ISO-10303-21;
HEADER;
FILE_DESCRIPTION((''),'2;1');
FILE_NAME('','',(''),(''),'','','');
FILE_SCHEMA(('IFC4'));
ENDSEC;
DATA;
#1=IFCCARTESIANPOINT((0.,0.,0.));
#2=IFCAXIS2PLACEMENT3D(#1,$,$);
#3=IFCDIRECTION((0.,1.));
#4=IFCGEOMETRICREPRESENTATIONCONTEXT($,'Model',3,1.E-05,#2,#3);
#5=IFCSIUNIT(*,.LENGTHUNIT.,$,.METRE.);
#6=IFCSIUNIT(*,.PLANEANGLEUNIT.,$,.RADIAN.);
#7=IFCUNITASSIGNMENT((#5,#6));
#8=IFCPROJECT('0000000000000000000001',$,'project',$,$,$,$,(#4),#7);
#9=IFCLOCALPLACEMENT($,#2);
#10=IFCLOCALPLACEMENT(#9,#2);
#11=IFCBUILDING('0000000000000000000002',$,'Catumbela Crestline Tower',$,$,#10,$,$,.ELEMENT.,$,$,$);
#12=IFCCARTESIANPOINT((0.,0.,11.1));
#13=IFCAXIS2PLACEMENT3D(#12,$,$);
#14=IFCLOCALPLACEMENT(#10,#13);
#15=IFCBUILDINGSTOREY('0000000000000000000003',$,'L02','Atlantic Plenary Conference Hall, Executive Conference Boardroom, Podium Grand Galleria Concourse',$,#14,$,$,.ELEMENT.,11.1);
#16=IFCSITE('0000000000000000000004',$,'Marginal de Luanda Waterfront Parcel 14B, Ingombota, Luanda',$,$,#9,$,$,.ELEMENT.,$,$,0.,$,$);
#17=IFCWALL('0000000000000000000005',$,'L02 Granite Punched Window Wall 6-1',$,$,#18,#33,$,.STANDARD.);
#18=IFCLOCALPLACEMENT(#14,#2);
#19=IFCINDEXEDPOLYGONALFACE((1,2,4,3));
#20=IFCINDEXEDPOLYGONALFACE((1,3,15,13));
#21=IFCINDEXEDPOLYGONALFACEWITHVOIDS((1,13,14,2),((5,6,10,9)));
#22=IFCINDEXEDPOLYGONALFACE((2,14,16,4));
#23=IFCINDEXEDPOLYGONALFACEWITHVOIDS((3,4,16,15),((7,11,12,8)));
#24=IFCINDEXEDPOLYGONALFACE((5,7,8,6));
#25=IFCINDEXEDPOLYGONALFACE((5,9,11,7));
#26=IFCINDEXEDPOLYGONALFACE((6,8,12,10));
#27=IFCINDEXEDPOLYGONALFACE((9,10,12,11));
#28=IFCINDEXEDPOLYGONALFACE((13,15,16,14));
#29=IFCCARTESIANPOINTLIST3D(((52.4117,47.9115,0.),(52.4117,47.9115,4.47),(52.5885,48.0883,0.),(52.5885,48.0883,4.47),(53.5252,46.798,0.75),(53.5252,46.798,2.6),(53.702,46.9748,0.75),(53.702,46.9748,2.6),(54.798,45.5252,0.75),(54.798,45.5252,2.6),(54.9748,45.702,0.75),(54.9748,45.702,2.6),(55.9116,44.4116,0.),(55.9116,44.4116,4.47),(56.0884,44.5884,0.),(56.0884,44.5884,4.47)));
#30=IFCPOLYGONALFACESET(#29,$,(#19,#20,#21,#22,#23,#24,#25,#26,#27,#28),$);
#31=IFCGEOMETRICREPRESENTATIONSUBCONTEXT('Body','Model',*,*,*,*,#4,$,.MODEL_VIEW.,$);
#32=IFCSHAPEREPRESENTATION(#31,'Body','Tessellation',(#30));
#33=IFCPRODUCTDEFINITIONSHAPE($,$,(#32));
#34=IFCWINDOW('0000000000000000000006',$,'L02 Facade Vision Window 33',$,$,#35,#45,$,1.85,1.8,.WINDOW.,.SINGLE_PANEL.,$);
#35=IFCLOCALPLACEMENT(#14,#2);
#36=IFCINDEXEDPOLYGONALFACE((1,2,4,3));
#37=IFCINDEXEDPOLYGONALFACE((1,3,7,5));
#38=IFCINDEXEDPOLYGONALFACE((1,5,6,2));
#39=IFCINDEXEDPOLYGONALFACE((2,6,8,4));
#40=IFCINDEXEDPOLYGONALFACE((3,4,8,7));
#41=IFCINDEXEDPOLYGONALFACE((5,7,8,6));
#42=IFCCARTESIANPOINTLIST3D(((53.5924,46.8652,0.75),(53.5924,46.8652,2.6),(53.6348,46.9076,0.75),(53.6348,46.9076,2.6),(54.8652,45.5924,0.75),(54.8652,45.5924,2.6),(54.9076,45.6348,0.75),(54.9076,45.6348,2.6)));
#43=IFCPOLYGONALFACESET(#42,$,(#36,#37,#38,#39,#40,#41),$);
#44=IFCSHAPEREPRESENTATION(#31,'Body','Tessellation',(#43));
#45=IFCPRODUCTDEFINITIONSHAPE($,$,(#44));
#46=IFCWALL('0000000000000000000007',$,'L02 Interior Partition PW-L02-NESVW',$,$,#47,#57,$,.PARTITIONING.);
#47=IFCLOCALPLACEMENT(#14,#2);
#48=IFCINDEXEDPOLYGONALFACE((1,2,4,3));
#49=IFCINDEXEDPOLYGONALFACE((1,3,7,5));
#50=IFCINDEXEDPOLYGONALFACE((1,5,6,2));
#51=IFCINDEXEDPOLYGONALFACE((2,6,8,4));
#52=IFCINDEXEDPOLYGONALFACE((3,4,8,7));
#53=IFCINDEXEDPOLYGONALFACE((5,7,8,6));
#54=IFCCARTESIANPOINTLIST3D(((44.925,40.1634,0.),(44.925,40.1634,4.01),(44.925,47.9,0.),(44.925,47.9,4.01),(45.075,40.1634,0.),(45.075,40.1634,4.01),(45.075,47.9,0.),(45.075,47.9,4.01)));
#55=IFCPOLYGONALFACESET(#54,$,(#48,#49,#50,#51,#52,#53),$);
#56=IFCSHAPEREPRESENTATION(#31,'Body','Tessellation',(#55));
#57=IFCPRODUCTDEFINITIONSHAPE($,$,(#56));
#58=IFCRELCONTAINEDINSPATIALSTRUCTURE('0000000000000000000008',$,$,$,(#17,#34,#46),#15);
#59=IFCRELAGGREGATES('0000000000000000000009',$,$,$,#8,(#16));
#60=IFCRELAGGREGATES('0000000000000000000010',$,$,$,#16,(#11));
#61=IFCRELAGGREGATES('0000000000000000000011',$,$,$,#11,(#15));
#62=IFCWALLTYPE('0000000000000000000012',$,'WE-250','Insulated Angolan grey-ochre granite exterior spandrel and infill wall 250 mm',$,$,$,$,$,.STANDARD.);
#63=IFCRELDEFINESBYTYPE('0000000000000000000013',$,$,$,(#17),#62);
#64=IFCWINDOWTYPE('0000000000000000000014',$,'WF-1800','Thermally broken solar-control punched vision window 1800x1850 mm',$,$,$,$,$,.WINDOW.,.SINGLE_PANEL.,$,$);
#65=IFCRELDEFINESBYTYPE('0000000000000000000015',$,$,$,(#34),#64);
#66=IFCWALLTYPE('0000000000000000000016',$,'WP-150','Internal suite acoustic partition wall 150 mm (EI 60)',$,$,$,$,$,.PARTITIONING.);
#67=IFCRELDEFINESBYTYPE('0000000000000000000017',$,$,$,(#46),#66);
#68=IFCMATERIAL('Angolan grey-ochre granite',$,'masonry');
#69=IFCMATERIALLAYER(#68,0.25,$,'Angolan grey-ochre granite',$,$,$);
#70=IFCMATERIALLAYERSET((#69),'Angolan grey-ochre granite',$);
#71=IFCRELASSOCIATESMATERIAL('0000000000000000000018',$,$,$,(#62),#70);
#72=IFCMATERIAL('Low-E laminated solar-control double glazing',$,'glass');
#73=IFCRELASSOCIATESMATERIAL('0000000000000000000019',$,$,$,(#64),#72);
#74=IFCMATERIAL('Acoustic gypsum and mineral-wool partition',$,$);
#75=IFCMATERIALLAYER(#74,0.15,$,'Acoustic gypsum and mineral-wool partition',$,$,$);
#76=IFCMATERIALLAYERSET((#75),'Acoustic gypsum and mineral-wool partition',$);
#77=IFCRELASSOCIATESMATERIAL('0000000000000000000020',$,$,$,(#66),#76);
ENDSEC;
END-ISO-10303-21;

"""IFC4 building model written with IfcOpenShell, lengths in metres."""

from ifc_helpers import new_model, si_unit, direction, frame, frame_2d, origin, place, context, subcontext, project, spatial, rectangle, extrude, material, layer, layer_set, type_object, element, fill, save


model = new_model("IFC4")

# Units and contexts
model_context = context("Model", 3, precision=1e-05, world=origin(), true_north=direction((0.0, 1.0)))
body_context = subcontext(model_context, "Body", "Model", "MODEL_VIEW")
ifc_project = project(units=[si_unit("LENGTHUNIT", "METRE"), si_unit("PLANEANGLEUNIT", "RADIAN")], contexts=[model_context])

# Site, building, storey
site_placement = place(None, origin())
site = spatial("IfcSite", under=ifc_project, at=site_placement, Name="Marginal de Luanda Waterfront Parcel 14B, Ingombota, Luanda", CompositionType="ELEMENT", RefElevation=0.0)
building_placement = place(site_placement, origin())
building = spatial("IfcBuilding", under=site, at=building_placement, Name="Catumbela Crestline Tower", CompositionType="ELEMENT")
storey_placement = place(building_placement, frame((0.0, 0.0, 11.1)))
storey = spatial("IfcBuildingStorey", under=building, at=storey_placement, Name="L02", Description="Atlantic Plenary Conference Hall, Executive Conference Boardroom, Podium Grand Galleria Concourse", CompositionType="ELEMENT", Elevation=11.1)

# Shared definitions
ifc_material_1 = material(Name="Low-E laminated solar-control double glazing", Category="glass")

# Wall, opening, window
ifc_material_2 = material(Name="Angolan grey-ochre granite", Category="masonry")
ifc_layer_1 = layer(ifc_material_2, 0.25, Name="Angolan grey-ochre granite")
ifc_layer_set_1 = layer_set([ifc_layer_1], Name="Angolan grey-ochre granite")
wall_type_1 = type_object("IfcWallType", Name="WE-250", Description="Insulated Angolan grey-ochre granite exterior spandrel and infill wall 250 mm", PredefinedType="STANDARD", material=ifc_layer_set_1)
wall_1_placement = place(storey_placement, frame((56.0, 44.5, 0.0), z_axis=(0.0, 0.0, 1.0), x_axis=(-0.707107, 0.707107, 0.0)))
wall_1 = element("IfcWall", 1, at=wall_1_placement, inside=storey, type_object=wall_type_1, Name="L02 Granite Punched Window Wall 6-1", PredefinedType="STANDARD", context=body_context, shape_type="SweptSolid", body=[
    extrude(rectangle(XDim=4.9497, YDim=0.25, at=frame_2d((2.4748, 0.0))), origin(), (0.0, 0.0, 1.0), 4.47),
])
opening_placement = place(wall_1_placement, frame((1.5749, 0.0, 0.75)))
opening = element("IfcOpeningElement", 2, at=opening_placement, cuts=wall_1, PredefinedType="OPENING", context=body_context, shape_type="SweptSolid", body=[
    extrude(rectangle(XDim=1.8, YDim=1.85, at=frame_2d((0.9, 0.925))), frame((0.0, 0.135, 0.0), z_axis=(0.0, -1.0, 0.0), x_axis=(1.0, 0.0, 0.0)), (0.0, 0.0, 1.0), 0.27),
])
window_type = type_object("IfcWindowType", Name="WF-1800", Description="Thermally broken solar-control punched vision window 1800x1850 mm", PartitioningType="SINGLE_PANEL", PredefinedType="WINDOW", material=ifc_material_1)
window_placement = place(opening_placement, origin())
window = element("IfcWindow", 3, at=window_placement, inside=storey, type_object=window_type, Name="L02 Facade Vision Window 33", OverallHeight=1.85, OverallWidth=1.8, PartitioningType="SINGLE_PANEL", PredefinedType="WINDOW", context=body_context, shape_type="SweptSolid", body=[
    extrude(rectangle(XDim=1.8, YDim=1.85, at=frame_2d((0.9, 0.925))), frame((0.0, 0.03, 0.0), z_axis=(0.0, -1.0, 0.0), x_axis=(1.0, 0.0, 0.0)), (0.0, 0.0, 1.0), 0.06),
])
fill(opening, window)

# Wall
ifc_material_3 = material(Name="Acoustic gypsum and mineral-wool partition")
ifc_layer_2 = layer(ifc_material_3, 0.15, Name="Acoustic gypsum and mineral-wool partition")
ifc_layer_set_2 = layer_set([ifc_layer_2], Name="Acoustic gypsum and mineral-wool partition")
wall_type_2 = type_object("IfcWallType", Name="WP-150", Description="Internal suite acoustic partition wall 150 mm (EI 60)", PredefinedType="PARTITIONING", material=ifc_layer_set_2)
wall_2_placement = place(storey_placement, frame((45.0, 40.1634, 0.0), z_axis=(0.0, 0.0, 1.0), x_axis=(0.0, 1.0, 0.0)))
element("IfcWall", 4, at=wall_2_placement, inside=storey, type_object=wall_type_2, Name="L02 Interior Partition PW-L02-NESVW", PredefinedType="PARTITIONING", context=body_context, shape_type="SweptSolid", body=[
    extrude(rectangle(XDim=7.7366, YDim=0.15, at=frame_2d((3.8683, 0.0))), origin(), (0.0, 0.0, 1.0), 4.01),
])

save(model, "model.ifc")
